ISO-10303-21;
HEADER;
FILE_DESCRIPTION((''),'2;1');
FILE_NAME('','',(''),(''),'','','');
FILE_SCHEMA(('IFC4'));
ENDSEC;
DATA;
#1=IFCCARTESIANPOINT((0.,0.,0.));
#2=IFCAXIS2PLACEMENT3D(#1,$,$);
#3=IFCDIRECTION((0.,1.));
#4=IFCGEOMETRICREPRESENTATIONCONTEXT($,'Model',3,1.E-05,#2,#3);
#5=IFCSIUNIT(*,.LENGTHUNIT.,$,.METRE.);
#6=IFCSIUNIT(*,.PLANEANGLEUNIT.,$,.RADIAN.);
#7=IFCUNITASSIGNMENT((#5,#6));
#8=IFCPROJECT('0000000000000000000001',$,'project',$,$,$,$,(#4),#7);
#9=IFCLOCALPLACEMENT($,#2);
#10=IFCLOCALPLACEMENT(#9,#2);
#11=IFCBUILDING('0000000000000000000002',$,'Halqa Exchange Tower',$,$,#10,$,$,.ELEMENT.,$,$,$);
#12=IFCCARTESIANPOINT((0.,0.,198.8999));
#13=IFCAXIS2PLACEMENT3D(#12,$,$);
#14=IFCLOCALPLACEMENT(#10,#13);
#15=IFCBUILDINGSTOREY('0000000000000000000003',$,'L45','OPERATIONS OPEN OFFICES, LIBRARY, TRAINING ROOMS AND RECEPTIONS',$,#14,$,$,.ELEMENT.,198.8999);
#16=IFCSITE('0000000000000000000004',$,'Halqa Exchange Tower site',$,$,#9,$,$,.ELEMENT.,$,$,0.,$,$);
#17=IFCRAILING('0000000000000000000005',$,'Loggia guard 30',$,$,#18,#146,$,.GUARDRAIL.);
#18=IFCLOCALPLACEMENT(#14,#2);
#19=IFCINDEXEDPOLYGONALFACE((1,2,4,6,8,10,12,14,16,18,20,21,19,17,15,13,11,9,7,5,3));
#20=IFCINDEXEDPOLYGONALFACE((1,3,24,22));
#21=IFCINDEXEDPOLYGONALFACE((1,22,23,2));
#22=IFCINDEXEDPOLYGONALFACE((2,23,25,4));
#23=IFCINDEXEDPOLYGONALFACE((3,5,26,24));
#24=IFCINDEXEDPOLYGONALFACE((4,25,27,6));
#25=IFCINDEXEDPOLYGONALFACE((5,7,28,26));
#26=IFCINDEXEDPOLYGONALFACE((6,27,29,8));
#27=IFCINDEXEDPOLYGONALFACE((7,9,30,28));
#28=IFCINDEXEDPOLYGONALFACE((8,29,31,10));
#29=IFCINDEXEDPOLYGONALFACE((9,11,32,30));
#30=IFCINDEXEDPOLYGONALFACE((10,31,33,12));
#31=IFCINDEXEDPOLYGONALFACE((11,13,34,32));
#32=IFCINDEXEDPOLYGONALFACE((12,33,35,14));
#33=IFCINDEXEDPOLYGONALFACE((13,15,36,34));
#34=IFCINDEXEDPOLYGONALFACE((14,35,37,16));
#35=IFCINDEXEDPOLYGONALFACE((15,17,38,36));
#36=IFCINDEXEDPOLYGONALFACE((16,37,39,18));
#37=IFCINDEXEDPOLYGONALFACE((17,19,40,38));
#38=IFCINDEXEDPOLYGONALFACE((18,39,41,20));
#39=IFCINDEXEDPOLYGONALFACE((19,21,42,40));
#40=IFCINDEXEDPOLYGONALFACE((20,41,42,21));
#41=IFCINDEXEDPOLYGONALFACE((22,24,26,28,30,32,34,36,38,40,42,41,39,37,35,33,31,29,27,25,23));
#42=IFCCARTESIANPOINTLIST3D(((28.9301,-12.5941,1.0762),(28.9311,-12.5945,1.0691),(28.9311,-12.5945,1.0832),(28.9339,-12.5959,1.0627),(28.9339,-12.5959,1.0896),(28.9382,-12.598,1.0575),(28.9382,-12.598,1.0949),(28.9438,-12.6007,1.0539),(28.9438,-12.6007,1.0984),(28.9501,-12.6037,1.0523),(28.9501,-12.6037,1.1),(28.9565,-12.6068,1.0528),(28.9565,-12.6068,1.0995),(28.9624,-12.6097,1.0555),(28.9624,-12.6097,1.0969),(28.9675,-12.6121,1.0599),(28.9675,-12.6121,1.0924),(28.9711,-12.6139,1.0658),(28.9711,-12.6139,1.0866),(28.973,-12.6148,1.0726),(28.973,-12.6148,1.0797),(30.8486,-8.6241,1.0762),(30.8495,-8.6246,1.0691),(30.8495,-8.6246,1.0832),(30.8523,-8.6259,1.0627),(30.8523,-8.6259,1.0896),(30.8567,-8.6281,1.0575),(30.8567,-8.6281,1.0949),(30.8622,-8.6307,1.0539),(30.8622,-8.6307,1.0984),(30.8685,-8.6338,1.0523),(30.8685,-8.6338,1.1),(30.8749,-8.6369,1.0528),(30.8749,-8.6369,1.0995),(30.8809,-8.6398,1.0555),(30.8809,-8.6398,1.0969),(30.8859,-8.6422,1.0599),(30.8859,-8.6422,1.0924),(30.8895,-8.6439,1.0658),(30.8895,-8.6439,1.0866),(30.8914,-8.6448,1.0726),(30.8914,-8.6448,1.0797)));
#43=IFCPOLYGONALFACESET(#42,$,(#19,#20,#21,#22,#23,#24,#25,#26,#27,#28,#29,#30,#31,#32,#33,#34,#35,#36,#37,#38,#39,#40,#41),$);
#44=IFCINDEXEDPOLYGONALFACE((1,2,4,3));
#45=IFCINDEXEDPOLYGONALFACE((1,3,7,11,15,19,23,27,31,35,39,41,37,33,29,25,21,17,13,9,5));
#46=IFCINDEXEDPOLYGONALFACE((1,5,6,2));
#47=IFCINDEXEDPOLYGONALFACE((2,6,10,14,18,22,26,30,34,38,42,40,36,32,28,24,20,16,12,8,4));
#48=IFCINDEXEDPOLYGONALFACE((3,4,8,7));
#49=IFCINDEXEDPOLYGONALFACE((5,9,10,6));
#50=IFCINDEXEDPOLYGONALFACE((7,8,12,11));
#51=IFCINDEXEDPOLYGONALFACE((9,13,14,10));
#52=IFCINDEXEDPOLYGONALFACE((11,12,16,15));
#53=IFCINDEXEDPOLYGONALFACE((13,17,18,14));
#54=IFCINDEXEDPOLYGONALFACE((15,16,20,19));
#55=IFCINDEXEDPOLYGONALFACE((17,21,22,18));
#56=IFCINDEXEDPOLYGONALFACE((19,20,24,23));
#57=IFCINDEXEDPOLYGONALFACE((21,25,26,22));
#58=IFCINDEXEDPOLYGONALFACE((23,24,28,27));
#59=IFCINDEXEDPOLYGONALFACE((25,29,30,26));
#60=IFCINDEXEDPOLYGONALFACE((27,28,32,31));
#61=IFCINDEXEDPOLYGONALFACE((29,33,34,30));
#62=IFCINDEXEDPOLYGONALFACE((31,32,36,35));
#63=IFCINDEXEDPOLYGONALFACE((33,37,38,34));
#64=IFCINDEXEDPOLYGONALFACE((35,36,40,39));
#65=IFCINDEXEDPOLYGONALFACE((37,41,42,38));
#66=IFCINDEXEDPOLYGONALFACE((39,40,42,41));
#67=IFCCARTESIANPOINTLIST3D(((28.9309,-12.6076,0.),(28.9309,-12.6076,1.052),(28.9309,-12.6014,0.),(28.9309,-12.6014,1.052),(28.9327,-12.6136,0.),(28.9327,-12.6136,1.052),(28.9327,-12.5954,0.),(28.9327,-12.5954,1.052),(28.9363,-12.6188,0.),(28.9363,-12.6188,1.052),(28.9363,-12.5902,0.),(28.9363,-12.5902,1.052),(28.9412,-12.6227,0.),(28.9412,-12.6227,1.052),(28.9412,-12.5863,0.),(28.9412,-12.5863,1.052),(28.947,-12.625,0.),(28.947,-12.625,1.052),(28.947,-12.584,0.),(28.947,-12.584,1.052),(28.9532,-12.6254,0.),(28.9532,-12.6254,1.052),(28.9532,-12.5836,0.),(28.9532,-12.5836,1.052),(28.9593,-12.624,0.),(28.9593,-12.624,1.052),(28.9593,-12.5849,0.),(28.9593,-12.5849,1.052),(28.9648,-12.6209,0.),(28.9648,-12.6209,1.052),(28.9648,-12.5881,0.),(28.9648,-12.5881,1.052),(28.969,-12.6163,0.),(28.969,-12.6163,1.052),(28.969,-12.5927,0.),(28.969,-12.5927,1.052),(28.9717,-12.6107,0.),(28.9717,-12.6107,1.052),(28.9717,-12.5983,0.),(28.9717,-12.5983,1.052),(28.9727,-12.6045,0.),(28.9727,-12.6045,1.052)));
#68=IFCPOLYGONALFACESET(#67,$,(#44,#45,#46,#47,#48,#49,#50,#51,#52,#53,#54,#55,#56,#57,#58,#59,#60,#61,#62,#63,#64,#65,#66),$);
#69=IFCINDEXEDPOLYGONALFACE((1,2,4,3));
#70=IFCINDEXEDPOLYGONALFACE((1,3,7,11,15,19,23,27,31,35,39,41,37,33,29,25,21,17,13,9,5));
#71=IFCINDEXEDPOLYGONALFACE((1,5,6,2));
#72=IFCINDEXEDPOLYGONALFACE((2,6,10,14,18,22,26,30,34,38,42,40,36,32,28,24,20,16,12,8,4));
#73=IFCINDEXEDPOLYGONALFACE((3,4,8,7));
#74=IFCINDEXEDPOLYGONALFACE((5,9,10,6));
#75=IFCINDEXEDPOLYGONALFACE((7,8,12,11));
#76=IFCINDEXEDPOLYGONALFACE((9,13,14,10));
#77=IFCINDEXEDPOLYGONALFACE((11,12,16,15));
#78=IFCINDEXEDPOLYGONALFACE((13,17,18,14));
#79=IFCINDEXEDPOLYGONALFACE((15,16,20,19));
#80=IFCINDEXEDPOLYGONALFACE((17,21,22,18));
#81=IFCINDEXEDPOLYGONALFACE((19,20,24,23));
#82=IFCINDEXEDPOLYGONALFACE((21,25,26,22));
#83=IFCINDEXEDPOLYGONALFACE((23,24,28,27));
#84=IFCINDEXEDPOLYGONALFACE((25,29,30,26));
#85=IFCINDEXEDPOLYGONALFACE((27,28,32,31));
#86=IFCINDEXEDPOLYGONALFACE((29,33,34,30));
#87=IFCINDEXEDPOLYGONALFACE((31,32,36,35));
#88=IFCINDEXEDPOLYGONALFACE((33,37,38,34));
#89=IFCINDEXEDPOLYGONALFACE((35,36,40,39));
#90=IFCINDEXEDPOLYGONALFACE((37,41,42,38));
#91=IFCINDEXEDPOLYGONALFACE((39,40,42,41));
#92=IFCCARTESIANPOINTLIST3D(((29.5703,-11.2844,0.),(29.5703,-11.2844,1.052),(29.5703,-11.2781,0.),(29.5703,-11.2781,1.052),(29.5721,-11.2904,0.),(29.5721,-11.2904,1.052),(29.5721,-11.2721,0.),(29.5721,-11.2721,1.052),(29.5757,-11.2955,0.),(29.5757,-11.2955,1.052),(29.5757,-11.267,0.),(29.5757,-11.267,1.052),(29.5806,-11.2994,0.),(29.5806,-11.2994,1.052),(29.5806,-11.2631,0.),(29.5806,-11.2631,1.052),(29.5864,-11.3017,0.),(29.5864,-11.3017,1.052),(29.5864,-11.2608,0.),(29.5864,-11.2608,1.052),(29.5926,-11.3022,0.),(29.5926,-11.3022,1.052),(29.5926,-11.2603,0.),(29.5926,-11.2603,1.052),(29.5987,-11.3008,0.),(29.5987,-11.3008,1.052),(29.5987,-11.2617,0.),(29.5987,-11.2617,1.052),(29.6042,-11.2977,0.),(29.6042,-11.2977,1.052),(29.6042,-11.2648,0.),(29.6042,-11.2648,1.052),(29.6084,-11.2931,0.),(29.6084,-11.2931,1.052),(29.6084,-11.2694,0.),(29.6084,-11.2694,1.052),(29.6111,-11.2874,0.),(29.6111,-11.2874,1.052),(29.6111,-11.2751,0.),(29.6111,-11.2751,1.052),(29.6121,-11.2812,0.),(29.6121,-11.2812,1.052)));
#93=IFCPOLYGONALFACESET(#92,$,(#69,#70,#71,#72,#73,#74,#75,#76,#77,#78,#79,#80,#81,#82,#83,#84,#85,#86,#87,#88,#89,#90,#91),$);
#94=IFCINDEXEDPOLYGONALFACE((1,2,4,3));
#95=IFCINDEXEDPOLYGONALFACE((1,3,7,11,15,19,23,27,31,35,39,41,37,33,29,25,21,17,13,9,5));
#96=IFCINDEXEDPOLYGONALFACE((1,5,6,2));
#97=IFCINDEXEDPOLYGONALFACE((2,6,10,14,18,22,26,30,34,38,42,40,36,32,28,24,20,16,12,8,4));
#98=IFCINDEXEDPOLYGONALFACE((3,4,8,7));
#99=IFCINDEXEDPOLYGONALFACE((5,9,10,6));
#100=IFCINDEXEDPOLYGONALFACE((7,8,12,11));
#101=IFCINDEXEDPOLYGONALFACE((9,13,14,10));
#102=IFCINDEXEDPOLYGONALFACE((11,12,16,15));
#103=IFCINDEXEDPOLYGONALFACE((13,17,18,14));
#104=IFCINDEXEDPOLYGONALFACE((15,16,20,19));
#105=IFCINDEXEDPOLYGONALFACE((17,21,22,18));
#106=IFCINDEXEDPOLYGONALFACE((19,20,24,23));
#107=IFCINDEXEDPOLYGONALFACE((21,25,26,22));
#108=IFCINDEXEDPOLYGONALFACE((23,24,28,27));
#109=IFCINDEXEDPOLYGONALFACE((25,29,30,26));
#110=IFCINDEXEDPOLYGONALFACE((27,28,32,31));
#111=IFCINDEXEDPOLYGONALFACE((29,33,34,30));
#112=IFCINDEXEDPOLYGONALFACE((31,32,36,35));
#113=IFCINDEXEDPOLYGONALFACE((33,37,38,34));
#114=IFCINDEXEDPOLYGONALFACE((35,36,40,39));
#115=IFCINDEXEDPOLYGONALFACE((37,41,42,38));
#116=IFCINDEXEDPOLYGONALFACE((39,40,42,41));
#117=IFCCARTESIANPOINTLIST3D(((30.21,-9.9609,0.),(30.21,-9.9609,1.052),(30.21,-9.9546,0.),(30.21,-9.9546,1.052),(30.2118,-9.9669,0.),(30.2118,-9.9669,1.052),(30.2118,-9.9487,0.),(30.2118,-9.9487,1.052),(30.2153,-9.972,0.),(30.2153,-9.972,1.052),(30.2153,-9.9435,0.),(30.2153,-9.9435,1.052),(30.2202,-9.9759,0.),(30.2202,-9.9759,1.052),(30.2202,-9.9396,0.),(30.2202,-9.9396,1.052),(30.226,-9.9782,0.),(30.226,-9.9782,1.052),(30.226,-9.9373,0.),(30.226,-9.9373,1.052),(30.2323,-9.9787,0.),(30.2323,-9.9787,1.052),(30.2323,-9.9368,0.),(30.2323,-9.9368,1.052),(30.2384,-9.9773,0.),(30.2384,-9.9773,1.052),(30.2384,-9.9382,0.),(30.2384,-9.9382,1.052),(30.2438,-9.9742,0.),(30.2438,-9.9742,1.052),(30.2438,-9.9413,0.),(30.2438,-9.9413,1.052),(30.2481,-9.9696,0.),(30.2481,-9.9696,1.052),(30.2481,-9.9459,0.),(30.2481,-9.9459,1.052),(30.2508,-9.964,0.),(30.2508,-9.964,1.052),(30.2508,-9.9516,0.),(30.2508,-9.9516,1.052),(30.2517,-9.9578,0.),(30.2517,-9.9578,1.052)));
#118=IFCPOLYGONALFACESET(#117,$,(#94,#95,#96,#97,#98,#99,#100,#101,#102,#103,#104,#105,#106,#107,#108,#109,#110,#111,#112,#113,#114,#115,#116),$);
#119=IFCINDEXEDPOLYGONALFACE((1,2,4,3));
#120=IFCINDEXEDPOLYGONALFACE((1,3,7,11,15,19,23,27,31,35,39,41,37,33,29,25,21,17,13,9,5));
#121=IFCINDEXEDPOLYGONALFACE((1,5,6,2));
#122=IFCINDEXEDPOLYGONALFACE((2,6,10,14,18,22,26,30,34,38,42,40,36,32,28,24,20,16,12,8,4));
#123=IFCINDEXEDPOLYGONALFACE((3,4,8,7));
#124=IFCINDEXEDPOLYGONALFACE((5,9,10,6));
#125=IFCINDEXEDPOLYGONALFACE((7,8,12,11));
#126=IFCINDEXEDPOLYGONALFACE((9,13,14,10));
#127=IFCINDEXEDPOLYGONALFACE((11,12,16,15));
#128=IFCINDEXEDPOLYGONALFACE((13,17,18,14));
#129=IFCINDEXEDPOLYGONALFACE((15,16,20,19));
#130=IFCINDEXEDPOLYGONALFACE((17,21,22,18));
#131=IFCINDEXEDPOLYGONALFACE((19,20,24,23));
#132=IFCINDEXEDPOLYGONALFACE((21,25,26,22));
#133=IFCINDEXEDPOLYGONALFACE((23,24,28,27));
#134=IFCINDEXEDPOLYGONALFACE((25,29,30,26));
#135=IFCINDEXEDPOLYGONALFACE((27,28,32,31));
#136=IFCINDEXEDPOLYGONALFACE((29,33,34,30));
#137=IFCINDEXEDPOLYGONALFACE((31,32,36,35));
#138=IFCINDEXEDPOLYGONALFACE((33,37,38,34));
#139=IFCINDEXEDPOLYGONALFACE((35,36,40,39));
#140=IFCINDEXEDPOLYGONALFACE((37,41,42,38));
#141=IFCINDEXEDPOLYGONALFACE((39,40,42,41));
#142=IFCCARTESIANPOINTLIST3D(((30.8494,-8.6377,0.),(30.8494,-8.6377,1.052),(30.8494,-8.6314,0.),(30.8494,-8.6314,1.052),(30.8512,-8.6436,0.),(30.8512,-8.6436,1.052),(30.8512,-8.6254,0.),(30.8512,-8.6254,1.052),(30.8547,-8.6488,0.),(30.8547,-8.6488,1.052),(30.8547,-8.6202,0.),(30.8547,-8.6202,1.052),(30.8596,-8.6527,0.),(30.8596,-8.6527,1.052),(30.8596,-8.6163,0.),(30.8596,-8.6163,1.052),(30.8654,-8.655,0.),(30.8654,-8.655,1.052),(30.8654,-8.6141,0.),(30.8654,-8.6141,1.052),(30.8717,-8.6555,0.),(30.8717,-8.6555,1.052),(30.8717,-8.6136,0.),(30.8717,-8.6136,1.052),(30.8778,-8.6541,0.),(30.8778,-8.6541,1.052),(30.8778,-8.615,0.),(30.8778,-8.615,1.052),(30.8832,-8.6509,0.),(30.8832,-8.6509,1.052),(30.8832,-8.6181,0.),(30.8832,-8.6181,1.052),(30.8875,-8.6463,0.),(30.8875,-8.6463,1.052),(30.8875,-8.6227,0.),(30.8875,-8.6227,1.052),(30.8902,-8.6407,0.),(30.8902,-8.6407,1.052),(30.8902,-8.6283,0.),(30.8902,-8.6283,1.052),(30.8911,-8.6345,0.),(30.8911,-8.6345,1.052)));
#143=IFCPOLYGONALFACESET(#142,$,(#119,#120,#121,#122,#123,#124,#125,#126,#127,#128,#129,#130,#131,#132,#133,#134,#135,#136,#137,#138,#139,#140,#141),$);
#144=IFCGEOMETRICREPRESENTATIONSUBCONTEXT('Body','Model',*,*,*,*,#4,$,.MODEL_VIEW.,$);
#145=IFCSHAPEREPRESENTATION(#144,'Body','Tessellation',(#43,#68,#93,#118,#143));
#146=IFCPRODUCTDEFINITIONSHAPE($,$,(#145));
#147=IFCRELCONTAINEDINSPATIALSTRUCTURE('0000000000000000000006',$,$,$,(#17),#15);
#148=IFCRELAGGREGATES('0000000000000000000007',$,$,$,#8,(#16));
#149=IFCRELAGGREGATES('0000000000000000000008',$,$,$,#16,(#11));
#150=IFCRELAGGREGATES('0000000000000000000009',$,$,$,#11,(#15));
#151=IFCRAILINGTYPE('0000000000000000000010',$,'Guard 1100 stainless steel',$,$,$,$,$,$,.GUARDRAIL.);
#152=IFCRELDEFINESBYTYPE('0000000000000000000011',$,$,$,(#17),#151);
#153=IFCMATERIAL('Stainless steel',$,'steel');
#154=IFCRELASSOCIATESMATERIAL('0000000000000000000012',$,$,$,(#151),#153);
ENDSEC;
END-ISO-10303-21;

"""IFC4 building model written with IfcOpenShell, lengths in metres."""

from ifc_helpers import new_model, si_unit, direction, frame, origin, origin_2d, place, context, subcontext, project, spatial, circle, extrude, material, type_object, element, save


model = new_model("IFC4")

# Units and contexts
model_context = context("Model", 3, precision=1e-05, world=origin(), true_north=direction((0.0, 1.0)))
body_context = subcontext(model_context, "Body", "Model", "MODEL_VIEW")
ifc_project = project(units=[si_unit("LENGTHUNIT", "METRE"), si_unit("PLANEANGLEUNIT", "RADIAN")], contexts=[model_context])

# Site, building, storey
site_placement = place(None, origin())
site = spatial("IfcSite", under=ifc_project, at=site_placement, Name="Halqa Exchange Tower site", CompositionType="ELEMENT", RefElevation=0.0)
building_placement = place(site_placement, origin())
building = spatial("IfcBuilding", under=site, at=building_placement, Name="Halqa Exchange Tower", CompositionType="ELEMENT")
storey_placement = place(building_placement, frame((0.0, 0.0, 198.8999)))
storey = spatial("IfcBuildingStorey", under=building, at=storey_placement, Name="L45", Description="OPERATIONS OPEN OFFICES, LIBRARY, TRAINING ROOMS AND RECEPTIONS", CompositionType="ELEMENT", Elevation=198.8999)

# Railing
ifc_material_1 = material(Name="Stainless steel", Category="steel")
railing_type = type_object("IfcRailingType", Name="Guard 1100 stainless steel", PredefinedType="GUARDRAIL", material=ifc_material_1)
railing_1_placement = place(storey_placement, frame((28.9517, -12.6045, 0.0)))
element("IfcRailing", 1, at=railing_1_placement, inside=storey, type_object=railing_type, Name="Loggia guard 30", PredefinedType="GUARDRAIL", context=body_context, shape_type="SweptSolid", body=[
    extrude(circle(Radius=0.0239, at=origin_2d()), frame((0.0, 0.0, 1.0762), z_axis=(0.435102, 0.900381, 0.0), x_axis=(-0.900381, 0.435102, 0.0)), (0.0, 0.0, 1.0), 4.4092),
    extrude(circle(Radius=0.021, at=origin_2d()), origin(), (0.0, 0.0, 1.0), 1.052),
    extrude(circle(Radius=0.021, at=origin_2d()), frame((0.6394, 1.3232, 0.0)), (0.0, 0.0, 1.0), 1.052),
    extrude(circle(Radius=0.021, at=origin_2d()), frame((1.2791, 2.6467, 0.0)), (0.0, 0.0, 1.0), 1.052),
    extrude(circle(Radius=0.021, at=origin_2d()), frame((1.9185, 3.97, 0.0)), (0.0, 0.0, 1.0), 1.052),
])

save(model, "model.ifc")
